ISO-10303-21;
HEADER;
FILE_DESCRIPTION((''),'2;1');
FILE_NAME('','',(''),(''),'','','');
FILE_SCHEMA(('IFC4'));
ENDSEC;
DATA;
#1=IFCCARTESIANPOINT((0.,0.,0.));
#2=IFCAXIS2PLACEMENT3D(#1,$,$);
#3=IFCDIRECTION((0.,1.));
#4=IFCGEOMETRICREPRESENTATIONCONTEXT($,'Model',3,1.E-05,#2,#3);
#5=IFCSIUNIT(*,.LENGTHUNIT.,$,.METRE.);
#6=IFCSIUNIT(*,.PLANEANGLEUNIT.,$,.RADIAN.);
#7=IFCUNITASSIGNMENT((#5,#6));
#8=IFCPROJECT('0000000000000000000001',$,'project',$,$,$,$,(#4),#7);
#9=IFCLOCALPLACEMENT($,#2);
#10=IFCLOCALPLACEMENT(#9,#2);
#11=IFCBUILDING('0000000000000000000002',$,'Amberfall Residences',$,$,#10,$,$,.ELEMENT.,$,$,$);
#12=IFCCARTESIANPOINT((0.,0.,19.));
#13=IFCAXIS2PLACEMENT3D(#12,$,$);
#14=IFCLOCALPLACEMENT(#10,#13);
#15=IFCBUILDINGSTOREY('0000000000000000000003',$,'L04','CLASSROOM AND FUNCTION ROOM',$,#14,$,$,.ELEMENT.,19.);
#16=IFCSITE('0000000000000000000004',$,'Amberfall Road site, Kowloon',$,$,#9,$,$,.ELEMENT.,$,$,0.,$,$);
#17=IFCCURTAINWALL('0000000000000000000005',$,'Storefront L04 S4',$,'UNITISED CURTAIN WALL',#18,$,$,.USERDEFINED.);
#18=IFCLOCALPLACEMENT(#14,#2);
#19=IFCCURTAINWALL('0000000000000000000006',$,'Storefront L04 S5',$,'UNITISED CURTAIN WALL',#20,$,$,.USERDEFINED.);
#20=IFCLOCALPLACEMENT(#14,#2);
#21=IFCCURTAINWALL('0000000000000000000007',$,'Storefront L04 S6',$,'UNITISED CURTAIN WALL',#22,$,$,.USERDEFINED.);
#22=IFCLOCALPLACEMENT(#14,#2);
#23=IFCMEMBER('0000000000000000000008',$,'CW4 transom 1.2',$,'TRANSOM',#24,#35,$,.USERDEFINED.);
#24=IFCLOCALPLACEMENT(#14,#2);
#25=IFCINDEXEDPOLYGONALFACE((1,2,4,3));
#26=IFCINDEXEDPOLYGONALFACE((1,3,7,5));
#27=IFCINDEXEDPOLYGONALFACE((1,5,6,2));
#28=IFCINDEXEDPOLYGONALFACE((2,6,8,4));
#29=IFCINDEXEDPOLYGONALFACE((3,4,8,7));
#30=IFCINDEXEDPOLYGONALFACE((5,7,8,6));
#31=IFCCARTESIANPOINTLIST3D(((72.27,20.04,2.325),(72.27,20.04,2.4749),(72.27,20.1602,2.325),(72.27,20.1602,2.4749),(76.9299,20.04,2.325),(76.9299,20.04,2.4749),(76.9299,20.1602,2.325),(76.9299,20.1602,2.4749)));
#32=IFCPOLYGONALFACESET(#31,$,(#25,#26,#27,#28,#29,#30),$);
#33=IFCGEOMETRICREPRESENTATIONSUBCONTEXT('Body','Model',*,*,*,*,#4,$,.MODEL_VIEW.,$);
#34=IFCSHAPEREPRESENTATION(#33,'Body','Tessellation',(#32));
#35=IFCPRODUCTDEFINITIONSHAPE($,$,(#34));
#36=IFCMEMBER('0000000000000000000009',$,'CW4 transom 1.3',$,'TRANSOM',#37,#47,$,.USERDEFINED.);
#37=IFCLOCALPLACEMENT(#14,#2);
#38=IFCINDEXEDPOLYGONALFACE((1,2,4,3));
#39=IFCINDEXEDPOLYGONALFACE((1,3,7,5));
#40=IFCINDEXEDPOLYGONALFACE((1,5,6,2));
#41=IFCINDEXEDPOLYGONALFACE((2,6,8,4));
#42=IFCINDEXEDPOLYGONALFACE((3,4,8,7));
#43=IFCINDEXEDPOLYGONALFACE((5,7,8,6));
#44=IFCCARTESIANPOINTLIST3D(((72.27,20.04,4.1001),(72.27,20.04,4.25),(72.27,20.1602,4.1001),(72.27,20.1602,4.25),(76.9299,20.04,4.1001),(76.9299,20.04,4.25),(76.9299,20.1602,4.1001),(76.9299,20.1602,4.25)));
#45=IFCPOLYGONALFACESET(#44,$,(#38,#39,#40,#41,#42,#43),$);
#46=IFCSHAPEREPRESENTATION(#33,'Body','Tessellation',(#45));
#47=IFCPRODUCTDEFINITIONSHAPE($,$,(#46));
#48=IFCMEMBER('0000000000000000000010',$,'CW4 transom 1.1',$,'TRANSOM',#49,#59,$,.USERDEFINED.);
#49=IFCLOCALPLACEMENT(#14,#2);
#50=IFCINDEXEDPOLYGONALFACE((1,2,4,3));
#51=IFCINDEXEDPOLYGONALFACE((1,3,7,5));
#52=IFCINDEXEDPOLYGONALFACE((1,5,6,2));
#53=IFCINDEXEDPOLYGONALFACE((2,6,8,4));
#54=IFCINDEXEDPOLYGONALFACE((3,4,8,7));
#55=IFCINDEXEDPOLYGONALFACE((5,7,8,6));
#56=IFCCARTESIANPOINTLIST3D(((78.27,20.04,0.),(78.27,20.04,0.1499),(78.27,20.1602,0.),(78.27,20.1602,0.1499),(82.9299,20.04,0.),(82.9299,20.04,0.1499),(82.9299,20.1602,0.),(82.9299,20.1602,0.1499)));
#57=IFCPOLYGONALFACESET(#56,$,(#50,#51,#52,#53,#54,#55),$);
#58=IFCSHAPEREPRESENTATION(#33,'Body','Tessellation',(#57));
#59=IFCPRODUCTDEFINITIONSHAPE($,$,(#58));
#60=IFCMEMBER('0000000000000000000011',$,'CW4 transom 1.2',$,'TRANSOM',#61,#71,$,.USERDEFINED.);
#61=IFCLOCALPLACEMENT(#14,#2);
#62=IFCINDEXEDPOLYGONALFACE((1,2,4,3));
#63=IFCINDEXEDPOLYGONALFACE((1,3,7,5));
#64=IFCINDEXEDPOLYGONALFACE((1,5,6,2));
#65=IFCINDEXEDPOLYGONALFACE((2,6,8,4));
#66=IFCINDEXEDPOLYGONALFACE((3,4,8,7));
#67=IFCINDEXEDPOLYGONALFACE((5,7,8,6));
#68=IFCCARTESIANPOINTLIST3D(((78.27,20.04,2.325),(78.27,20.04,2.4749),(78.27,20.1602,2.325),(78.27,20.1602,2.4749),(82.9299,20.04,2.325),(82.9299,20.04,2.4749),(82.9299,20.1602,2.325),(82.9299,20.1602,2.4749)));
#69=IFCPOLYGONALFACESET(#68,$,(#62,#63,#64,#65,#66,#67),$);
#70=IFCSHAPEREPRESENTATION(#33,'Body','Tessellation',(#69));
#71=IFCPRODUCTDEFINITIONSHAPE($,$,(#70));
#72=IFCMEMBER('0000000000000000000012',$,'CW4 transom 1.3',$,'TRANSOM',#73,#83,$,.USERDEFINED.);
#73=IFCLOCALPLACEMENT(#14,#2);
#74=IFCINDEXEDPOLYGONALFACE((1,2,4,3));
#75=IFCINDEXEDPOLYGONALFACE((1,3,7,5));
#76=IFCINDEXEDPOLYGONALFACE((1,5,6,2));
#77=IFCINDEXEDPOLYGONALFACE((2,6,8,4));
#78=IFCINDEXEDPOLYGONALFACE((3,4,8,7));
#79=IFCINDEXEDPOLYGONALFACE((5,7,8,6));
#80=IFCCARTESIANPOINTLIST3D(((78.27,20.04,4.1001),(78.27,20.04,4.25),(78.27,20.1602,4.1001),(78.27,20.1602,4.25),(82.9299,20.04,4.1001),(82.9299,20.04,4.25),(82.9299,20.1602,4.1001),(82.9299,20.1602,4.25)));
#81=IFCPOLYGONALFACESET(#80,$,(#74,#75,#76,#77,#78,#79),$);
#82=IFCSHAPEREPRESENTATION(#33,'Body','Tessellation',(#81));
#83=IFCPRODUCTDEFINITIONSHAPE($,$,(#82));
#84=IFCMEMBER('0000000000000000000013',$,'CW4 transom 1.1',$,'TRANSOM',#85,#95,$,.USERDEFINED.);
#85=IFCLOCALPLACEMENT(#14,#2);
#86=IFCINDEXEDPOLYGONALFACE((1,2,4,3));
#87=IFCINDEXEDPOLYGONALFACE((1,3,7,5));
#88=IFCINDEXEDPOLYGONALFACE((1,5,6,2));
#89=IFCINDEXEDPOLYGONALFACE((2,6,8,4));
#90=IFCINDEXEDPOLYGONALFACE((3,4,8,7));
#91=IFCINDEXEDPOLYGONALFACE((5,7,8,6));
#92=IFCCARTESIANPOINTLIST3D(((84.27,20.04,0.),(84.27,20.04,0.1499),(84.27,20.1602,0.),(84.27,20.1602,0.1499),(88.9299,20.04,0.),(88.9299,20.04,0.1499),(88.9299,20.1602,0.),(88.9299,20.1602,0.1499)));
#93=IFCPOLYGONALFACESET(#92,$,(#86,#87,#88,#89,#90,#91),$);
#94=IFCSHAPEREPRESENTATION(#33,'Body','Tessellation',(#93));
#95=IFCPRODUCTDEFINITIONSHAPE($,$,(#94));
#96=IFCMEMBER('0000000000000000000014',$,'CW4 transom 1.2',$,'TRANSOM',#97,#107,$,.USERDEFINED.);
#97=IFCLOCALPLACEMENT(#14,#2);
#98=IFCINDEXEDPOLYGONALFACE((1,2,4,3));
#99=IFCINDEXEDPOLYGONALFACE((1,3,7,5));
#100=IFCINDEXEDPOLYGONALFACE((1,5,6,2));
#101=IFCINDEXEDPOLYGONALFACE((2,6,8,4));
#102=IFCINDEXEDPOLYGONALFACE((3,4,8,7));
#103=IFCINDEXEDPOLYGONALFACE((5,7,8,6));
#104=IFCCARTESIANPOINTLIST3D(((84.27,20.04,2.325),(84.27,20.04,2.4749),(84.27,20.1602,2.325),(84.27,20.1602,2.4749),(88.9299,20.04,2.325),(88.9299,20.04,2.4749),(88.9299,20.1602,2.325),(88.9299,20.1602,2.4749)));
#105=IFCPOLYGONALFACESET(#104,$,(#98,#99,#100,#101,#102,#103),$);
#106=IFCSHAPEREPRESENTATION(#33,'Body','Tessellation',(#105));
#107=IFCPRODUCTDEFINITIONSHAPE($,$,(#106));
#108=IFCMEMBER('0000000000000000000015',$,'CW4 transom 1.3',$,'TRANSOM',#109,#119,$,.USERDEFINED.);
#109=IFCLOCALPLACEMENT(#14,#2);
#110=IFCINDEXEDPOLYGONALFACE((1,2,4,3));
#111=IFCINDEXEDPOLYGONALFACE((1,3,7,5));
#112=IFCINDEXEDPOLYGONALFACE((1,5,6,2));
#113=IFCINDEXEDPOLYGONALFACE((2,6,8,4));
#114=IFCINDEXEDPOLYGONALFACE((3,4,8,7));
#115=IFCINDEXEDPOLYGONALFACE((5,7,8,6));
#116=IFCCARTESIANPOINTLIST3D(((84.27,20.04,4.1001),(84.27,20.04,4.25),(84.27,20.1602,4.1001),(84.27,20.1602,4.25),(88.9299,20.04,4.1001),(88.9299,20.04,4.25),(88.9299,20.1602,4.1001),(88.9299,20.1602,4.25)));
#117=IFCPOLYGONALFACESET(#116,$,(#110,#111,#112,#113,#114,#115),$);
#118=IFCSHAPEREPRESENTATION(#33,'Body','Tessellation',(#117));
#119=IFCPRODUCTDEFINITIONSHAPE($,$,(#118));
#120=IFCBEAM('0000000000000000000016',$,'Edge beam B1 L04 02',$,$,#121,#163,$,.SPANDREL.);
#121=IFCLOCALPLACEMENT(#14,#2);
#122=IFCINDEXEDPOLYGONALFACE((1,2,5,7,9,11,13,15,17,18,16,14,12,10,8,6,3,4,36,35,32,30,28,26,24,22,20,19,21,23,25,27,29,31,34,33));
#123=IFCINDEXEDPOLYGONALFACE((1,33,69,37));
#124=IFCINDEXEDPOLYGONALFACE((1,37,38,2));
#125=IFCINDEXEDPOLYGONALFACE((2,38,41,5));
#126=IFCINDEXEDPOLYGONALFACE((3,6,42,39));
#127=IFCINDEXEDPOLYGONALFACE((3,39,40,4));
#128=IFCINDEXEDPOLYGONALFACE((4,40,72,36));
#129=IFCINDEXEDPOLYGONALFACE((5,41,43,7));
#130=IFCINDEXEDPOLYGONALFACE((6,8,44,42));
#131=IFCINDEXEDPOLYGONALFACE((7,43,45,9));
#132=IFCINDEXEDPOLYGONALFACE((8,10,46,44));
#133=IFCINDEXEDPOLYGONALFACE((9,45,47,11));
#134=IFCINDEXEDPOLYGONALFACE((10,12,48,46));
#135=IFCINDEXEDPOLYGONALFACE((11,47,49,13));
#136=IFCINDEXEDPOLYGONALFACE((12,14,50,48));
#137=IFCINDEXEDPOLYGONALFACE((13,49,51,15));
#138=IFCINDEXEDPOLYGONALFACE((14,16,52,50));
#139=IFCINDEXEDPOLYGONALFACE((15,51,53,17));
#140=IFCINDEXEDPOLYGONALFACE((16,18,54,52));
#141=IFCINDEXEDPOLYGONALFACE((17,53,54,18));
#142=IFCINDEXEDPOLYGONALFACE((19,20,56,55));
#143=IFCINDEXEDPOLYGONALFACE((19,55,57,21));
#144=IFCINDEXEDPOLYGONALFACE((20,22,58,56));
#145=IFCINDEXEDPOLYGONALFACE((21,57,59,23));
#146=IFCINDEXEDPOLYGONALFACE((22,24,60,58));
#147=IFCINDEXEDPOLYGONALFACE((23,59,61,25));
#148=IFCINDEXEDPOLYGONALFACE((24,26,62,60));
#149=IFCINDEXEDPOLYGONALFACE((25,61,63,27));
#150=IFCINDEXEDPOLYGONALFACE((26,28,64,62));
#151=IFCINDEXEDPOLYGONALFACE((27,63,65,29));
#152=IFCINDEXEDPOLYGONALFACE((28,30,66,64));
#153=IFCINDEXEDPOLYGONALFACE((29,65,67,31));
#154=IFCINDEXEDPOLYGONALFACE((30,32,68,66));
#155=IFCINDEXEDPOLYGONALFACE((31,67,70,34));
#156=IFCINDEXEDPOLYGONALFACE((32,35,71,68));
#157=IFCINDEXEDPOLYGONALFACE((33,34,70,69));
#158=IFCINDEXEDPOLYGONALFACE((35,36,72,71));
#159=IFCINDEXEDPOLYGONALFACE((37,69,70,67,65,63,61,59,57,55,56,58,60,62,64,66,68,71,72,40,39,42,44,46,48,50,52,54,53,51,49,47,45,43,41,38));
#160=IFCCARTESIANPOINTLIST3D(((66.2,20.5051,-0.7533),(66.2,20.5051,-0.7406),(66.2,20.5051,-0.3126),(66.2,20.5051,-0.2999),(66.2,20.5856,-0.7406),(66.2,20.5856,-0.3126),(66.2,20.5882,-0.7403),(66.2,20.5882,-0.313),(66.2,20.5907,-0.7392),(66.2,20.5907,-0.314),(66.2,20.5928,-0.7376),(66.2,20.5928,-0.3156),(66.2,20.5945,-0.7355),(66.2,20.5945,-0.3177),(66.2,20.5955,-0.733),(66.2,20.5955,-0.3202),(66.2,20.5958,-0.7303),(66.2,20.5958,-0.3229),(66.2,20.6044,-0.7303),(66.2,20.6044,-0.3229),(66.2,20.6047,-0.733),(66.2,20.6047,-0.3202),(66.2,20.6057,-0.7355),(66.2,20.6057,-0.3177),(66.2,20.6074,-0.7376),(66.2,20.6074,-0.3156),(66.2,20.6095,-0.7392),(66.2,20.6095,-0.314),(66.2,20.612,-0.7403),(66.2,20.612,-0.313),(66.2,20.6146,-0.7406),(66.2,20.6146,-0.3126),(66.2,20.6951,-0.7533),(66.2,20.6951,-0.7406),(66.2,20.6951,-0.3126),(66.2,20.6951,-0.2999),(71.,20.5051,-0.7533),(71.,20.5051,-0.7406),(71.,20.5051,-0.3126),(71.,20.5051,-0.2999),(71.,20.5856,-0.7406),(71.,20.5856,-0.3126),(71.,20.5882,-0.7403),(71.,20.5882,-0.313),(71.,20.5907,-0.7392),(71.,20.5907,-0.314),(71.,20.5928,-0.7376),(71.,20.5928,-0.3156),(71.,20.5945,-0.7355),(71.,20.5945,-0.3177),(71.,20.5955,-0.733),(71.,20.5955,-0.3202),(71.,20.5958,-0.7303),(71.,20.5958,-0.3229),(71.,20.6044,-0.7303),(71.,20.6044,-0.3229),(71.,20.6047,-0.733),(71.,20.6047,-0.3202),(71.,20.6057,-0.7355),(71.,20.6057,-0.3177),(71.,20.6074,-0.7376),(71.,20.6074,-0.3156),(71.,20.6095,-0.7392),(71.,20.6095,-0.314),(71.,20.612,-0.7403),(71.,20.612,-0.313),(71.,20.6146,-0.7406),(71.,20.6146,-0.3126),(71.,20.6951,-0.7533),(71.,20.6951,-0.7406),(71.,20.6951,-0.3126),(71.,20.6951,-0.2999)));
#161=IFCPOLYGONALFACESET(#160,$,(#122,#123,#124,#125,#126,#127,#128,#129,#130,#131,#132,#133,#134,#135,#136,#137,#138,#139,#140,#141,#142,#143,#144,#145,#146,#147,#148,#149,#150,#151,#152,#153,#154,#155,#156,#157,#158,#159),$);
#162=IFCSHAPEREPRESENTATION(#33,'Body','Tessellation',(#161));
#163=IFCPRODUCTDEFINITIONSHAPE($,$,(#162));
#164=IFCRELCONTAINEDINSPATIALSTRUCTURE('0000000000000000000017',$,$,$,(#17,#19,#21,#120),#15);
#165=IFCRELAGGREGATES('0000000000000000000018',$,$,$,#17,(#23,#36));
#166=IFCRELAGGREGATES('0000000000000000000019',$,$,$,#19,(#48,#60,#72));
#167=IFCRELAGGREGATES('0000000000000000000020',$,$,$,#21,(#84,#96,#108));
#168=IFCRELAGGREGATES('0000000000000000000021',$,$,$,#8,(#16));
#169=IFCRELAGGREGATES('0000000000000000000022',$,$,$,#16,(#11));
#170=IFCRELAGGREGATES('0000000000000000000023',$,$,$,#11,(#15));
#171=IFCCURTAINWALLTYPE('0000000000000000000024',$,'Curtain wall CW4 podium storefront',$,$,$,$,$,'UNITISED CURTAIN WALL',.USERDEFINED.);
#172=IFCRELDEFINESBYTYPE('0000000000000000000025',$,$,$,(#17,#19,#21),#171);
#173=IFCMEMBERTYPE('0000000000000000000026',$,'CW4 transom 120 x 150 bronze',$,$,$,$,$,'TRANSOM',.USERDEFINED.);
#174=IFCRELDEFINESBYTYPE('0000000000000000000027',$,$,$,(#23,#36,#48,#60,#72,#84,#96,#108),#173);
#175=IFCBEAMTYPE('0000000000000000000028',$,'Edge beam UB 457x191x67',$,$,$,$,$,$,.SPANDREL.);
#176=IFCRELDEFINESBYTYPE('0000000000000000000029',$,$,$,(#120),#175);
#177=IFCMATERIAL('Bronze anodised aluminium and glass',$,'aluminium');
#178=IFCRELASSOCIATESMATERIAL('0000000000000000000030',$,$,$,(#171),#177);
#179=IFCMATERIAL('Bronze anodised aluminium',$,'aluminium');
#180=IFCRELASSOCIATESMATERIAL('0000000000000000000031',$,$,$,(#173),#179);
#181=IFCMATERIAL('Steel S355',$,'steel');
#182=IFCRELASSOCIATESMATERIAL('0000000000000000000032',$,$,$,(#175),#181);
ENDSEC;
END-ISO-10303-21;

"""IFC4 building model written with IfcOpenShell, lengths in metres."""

from ifc_helpers import new_model, si_unit, direction, frame, origin, origin_2d, place, context, subcontext, project, spatial, rectangle, i_section, extrude, material, material_profile, profile_set, type_object, element, aggregate, save


model = new_model("IFC4")

# Units and contexts
model_context = context("Model", 3, precision=1e-05, world=origin(), true_north=direction((0.0, 1.0)))
body_context = subcontext(model_context, "Body", "Model", "MODEL_VIEW")
ifc_project = project(units=[si_unit("LENGTHUNIT", "METRE"), si_unit("PLANEANGLEUNIT", "RADIAN")], contexts=[model_context])

# Site, building, storey
site_placement = place(None, origin())
site = spatial("IfcSite", under=ifc_project, at=site_placement, Name="Amberfall Road site, Kowloon", CompositionType="ELEMENT", RefElevation=0.0)
building_placement = place(site_placement, origin())
building = spatial("IfcBuilding", under=site, at=building_placement, Name="Amberfall Residences", CompositionType="ELEMENT")
storey_placement = place(building_placement, frame((0.0, 0.0, 19.0)))
storey = spatial("IfcBuildingStorey", under=building, at=storey_placement, Name="L04", Description="CLASSROOM AND FUNCTION ROOM", CompositionType="ELEMENT", Elevation=19.0)

# Curtain walls
ifc_material_1 = material(Name="Bronze anodised aluminium and glass", Category="aluminium")
curtain_wall_type = type_object("IfcCurtainWallType", Name="Curtain wall CW4 podium storefront", ElementType="UNITISED CURTAIN WALL", PredefinedType="USERDEFINED", material=ifc_material_1)
ifc_material_2 = material(Name="Bronze anodised aluminium", Category="aluminium")
curtain_wall_1_placement = place(storey_placement, origin())
curtain_wall_1 = element("IfcCurtainWall", 1, at=curtain_wall_1_placement, inside=storey, type_object=curtain_wall_type, Name="Storefront L04 S4", ObjectType="UNITISED CURTAIN WALL", PredefinedType="USERDEFINED")
curtain_wall_2_placement = place(storey_placement, origin())
curtain_wall_2 = element("IfcCurtainWall", 2, at=curtain_wall_2_placement, inside=storey, type_object=curtain_wall_type, Name="Storefront L04 S5", ObjectType="UNITISED CURTAIN WALL", PredefinedType="USERDEFINED")
curtain_wall_3_placement = place(storey_placement, origin())
curtain_wall_3 = element("IfcCurtainWall", 3, at=curtain_wall_3_placement, inside=storey, type_object=curtain_wall_type, Name="Storefront L04 S6", ObjectType="UNITISED CURTAIN WALL", PredefinedType="USERDEFINED")

# Members
ifc_material_profile_1 = material_profile(ifc_material_2, rectangle(XDim=0.1201, YDim=0.1499, at=origin_2d()), Name="CW4 transom 120 x 150 bronze")
ifc_profile_set_1 = profile_set([ifc_material_profile_1], Name="Bronze anodised aluminium")
member_type_1 = type_object("IfcMemberType", Name="CW4 transom 120 x 150 bronze", ElementType="TRANSOM", PredefinedType="USERDEFINED", material=ifc_profile_set_1)
member_1_placement = place(storey_placement, frame((72.27, 20.1001, 2.3999), z_axis=(1.0, 0.0, 0.0), x_axis=(0.0, 1.0, 0.0)))
member_1 = element("IfcMember", 4, at=member_1_placement, type_object=member_type_1, Name="CW4 transom 1.2", ObjectType="TRANSOM", PredefinedType="USERDEFINED", context=body_context, shape_type="SweptSolid", body=[
    extrude(rectangle(XDim=0.1201, YDim=0.1499, at=origin_2d()), origin(), (0.0, 0.0, 1.0), 4.6599),
])
member_2_placement = place(storey_placement, frame((72.27, 20.1001, 4.175), z_axis=(1.0, 0.0, 0.0), x_axis=(0.0, 1.0, 0.0)))
member_2 = element("IfcMember", 5, at=member_2_placement, type_object=member_type_1, Name="CW4 transom 1.3", ObjectType="TRANSOM", PredefinedType="USERDEFINED", context=body_context, shape_type="SweptSolid", body=[
    extrude(rectangle(XDim=0.1201, YDim=0.1499, at=origin_2d()), origin(), (0.0, 0.0, 1.0), 4.6599),
])
member_3_placement = place(storey_placement, frame((78.27, 20.1001, 0.075), z_axis=(1.0, 0.0, 0.0), x_axis=(0.0, 1.0, 0.0)))
member_3 = element("IfcMember", 6, at=member_3_placement, type_object=member_type_1, Name="CW4 transom 1.1", ObjectType="TRANSOM", PredefinedType="USERDEFINED", context=body_context, shape_type="SweptSolid", body=[
    extrude(rectangle(XDim=0.1201, YDim=0.1499, at=origin_2d()), origin(), (0.0, 0.0, 1.0), 4.6599),
])
member_4_placement = place(storey_placement, frame((78.27, 20.1001, 2.3999), z_axis=(1.0, 0.0, 0.0), x_axis=(0.0, 1.0, 0.0)))
member_4 = element("IfcMember", 7, at=member_4_placement, type_object=member_type_1, Name="CW4 transom 1.2", ObjectType="TRANSOM", PredefinedType="USERDEFINED", context=body_context, shape_type="SweptSolid", body=[
    extrude(rectangle(XDim=0.1201, YDim=0.1499, at=origin_2d()), origin(), (0.0, 0.0, 1.0), 4.6599),
])
member_5_placement = place(storey_placement, frame((78.27, 20.1001, 4.175), z_axis=(1.0, 0.0, 0.0), x_axis=(0.0, 1.0, 0.0)))
member_5 = element("IfcMember", 8, at=member_5_placement, type_object=member_type_1, Name="CW4 transom 1.3", ObjectType="TRANSOM", PredefinedType="USERDEFINED", context=body_context, shape_type="SweptSolid", body=[
    extrude(rectangle(XDim=0.1201, YDim=0.1499, at=origin_2d()), origin(), (0.0, 0.0, 1.0), 4.6599),
])
member_6_placement = place(storey_placement, frame((84.27, 20.1001, 0.075), z_axis=(1.0, 0.0, 0.0), x_axis=(0.0, 1.0, 0.0)))
member_6 = element("IfcMember", 9, at=member_6_placement, type_object=member_type_1, Name="CW4 transom 1.1", ObjectType="TRANSOM", PredefinedType="USERDEFINED", context=body_context, shape_type="SweptSolid", body=[
    extrude(rectangle(XDim=0.1201, YDim=0.1499, at=origin_2d()), origin(), (0.0, 0.0, 1.0), 4.6599),
])
member_7_placement = place(storey_placement, frame((84.27, 20.1001, 2.3999), z_axis=(1.0, 0.0, 0.0), x_axis=(0.0, 1.0, 0.0)))
member_7 = element("IfcMember", 10, at=member_7_placement, type_object=member_type_1, Name="CW4 transom 1.2", ObjectType="TRANSOM", PredefinedType="USERDEFINED", context=body_context, shape_type="SweptSolid", body=[
    extrude(rectangle(XDim=0.1201, YDim=0.1499, at=origin_2d()), origin(), (0.0, 0.0, 1.0), 4.6599),
])
member_8_placement = place(storey_placement, frame((84.27, 20.1001, 4.175), z_axis=(1.0, 0.0, 0.0), x_axis=(0.0, 1.0, 0.0)))
member_8 = element("IfcMember", 11, at=member_8_placement, type_object=member_type_1, Name="CW4 transom 1.3", ObjectType="TRANSOM", PredefinedType="USERDEFINED", context=body_context, shape_type="SweptSolid", body=[
    extrude(rectangle(XDim=0.1201, YDim=0.1499, at=origin_2d()), origin(), (0.0, 0.0, 1.0), 4.6599),
])

# Beam
ifc_material_3 = material(Name="Steel S355", Category="steel")
ifc_material_profile_2 = material_profile(ifc_material_3, i_section(OverallWidth=0.1899, OverallDepth=0.4534, WebThickness=0.0085, FlangeThickness=0.0127, FilletRadius=0.0103, at=origin_2d()), Name="UB 457x191x67")
ifc_profile_set_2 = profile_set([ifc_material_profile_2], Name="Steel S355")
beam_type_1 = type_object("IfcBeamType", Name="Edge beam UB 457x191x67", PredefinedType="SPANDREL", material=ifc_profile_set_2)
for number, where, z_axis, x_axis, name in (
    (12, (66.2, 20.6001, -0.5266), (1.0, 0.0, 0.0), (0.0, 1.0, 0.0), "Edge beam B1 L04 02"),
):
    element("IfcBeam", number, at=place(storey_placement, frame(where, z_axis=z_axis, x_axis=x_axis)), inside=storey, type_object=beam_type_1, Name=name, PredefinedType="SPANDREL", context=body_context, shape_type="SweptSolid", body=[
        extrude(i_section(OverallWidth=0.1899, OverallDepth=0.4534, WebThickness=0.0085, FlangeThickness=0.0127, FilletRadius=0.0103, at=origin_2d()), origin(), (0.0, 0.0, 1.0), 4.8),
    ])

aggregate(curtain_wall_1, [member_1, member_2])
aggregate(curtain_wall_2, [member_3, member_4, member_5])
aggregate(curtain_wall_3, [member_6, member_7, member_8])

save(model, "model.ifc")
